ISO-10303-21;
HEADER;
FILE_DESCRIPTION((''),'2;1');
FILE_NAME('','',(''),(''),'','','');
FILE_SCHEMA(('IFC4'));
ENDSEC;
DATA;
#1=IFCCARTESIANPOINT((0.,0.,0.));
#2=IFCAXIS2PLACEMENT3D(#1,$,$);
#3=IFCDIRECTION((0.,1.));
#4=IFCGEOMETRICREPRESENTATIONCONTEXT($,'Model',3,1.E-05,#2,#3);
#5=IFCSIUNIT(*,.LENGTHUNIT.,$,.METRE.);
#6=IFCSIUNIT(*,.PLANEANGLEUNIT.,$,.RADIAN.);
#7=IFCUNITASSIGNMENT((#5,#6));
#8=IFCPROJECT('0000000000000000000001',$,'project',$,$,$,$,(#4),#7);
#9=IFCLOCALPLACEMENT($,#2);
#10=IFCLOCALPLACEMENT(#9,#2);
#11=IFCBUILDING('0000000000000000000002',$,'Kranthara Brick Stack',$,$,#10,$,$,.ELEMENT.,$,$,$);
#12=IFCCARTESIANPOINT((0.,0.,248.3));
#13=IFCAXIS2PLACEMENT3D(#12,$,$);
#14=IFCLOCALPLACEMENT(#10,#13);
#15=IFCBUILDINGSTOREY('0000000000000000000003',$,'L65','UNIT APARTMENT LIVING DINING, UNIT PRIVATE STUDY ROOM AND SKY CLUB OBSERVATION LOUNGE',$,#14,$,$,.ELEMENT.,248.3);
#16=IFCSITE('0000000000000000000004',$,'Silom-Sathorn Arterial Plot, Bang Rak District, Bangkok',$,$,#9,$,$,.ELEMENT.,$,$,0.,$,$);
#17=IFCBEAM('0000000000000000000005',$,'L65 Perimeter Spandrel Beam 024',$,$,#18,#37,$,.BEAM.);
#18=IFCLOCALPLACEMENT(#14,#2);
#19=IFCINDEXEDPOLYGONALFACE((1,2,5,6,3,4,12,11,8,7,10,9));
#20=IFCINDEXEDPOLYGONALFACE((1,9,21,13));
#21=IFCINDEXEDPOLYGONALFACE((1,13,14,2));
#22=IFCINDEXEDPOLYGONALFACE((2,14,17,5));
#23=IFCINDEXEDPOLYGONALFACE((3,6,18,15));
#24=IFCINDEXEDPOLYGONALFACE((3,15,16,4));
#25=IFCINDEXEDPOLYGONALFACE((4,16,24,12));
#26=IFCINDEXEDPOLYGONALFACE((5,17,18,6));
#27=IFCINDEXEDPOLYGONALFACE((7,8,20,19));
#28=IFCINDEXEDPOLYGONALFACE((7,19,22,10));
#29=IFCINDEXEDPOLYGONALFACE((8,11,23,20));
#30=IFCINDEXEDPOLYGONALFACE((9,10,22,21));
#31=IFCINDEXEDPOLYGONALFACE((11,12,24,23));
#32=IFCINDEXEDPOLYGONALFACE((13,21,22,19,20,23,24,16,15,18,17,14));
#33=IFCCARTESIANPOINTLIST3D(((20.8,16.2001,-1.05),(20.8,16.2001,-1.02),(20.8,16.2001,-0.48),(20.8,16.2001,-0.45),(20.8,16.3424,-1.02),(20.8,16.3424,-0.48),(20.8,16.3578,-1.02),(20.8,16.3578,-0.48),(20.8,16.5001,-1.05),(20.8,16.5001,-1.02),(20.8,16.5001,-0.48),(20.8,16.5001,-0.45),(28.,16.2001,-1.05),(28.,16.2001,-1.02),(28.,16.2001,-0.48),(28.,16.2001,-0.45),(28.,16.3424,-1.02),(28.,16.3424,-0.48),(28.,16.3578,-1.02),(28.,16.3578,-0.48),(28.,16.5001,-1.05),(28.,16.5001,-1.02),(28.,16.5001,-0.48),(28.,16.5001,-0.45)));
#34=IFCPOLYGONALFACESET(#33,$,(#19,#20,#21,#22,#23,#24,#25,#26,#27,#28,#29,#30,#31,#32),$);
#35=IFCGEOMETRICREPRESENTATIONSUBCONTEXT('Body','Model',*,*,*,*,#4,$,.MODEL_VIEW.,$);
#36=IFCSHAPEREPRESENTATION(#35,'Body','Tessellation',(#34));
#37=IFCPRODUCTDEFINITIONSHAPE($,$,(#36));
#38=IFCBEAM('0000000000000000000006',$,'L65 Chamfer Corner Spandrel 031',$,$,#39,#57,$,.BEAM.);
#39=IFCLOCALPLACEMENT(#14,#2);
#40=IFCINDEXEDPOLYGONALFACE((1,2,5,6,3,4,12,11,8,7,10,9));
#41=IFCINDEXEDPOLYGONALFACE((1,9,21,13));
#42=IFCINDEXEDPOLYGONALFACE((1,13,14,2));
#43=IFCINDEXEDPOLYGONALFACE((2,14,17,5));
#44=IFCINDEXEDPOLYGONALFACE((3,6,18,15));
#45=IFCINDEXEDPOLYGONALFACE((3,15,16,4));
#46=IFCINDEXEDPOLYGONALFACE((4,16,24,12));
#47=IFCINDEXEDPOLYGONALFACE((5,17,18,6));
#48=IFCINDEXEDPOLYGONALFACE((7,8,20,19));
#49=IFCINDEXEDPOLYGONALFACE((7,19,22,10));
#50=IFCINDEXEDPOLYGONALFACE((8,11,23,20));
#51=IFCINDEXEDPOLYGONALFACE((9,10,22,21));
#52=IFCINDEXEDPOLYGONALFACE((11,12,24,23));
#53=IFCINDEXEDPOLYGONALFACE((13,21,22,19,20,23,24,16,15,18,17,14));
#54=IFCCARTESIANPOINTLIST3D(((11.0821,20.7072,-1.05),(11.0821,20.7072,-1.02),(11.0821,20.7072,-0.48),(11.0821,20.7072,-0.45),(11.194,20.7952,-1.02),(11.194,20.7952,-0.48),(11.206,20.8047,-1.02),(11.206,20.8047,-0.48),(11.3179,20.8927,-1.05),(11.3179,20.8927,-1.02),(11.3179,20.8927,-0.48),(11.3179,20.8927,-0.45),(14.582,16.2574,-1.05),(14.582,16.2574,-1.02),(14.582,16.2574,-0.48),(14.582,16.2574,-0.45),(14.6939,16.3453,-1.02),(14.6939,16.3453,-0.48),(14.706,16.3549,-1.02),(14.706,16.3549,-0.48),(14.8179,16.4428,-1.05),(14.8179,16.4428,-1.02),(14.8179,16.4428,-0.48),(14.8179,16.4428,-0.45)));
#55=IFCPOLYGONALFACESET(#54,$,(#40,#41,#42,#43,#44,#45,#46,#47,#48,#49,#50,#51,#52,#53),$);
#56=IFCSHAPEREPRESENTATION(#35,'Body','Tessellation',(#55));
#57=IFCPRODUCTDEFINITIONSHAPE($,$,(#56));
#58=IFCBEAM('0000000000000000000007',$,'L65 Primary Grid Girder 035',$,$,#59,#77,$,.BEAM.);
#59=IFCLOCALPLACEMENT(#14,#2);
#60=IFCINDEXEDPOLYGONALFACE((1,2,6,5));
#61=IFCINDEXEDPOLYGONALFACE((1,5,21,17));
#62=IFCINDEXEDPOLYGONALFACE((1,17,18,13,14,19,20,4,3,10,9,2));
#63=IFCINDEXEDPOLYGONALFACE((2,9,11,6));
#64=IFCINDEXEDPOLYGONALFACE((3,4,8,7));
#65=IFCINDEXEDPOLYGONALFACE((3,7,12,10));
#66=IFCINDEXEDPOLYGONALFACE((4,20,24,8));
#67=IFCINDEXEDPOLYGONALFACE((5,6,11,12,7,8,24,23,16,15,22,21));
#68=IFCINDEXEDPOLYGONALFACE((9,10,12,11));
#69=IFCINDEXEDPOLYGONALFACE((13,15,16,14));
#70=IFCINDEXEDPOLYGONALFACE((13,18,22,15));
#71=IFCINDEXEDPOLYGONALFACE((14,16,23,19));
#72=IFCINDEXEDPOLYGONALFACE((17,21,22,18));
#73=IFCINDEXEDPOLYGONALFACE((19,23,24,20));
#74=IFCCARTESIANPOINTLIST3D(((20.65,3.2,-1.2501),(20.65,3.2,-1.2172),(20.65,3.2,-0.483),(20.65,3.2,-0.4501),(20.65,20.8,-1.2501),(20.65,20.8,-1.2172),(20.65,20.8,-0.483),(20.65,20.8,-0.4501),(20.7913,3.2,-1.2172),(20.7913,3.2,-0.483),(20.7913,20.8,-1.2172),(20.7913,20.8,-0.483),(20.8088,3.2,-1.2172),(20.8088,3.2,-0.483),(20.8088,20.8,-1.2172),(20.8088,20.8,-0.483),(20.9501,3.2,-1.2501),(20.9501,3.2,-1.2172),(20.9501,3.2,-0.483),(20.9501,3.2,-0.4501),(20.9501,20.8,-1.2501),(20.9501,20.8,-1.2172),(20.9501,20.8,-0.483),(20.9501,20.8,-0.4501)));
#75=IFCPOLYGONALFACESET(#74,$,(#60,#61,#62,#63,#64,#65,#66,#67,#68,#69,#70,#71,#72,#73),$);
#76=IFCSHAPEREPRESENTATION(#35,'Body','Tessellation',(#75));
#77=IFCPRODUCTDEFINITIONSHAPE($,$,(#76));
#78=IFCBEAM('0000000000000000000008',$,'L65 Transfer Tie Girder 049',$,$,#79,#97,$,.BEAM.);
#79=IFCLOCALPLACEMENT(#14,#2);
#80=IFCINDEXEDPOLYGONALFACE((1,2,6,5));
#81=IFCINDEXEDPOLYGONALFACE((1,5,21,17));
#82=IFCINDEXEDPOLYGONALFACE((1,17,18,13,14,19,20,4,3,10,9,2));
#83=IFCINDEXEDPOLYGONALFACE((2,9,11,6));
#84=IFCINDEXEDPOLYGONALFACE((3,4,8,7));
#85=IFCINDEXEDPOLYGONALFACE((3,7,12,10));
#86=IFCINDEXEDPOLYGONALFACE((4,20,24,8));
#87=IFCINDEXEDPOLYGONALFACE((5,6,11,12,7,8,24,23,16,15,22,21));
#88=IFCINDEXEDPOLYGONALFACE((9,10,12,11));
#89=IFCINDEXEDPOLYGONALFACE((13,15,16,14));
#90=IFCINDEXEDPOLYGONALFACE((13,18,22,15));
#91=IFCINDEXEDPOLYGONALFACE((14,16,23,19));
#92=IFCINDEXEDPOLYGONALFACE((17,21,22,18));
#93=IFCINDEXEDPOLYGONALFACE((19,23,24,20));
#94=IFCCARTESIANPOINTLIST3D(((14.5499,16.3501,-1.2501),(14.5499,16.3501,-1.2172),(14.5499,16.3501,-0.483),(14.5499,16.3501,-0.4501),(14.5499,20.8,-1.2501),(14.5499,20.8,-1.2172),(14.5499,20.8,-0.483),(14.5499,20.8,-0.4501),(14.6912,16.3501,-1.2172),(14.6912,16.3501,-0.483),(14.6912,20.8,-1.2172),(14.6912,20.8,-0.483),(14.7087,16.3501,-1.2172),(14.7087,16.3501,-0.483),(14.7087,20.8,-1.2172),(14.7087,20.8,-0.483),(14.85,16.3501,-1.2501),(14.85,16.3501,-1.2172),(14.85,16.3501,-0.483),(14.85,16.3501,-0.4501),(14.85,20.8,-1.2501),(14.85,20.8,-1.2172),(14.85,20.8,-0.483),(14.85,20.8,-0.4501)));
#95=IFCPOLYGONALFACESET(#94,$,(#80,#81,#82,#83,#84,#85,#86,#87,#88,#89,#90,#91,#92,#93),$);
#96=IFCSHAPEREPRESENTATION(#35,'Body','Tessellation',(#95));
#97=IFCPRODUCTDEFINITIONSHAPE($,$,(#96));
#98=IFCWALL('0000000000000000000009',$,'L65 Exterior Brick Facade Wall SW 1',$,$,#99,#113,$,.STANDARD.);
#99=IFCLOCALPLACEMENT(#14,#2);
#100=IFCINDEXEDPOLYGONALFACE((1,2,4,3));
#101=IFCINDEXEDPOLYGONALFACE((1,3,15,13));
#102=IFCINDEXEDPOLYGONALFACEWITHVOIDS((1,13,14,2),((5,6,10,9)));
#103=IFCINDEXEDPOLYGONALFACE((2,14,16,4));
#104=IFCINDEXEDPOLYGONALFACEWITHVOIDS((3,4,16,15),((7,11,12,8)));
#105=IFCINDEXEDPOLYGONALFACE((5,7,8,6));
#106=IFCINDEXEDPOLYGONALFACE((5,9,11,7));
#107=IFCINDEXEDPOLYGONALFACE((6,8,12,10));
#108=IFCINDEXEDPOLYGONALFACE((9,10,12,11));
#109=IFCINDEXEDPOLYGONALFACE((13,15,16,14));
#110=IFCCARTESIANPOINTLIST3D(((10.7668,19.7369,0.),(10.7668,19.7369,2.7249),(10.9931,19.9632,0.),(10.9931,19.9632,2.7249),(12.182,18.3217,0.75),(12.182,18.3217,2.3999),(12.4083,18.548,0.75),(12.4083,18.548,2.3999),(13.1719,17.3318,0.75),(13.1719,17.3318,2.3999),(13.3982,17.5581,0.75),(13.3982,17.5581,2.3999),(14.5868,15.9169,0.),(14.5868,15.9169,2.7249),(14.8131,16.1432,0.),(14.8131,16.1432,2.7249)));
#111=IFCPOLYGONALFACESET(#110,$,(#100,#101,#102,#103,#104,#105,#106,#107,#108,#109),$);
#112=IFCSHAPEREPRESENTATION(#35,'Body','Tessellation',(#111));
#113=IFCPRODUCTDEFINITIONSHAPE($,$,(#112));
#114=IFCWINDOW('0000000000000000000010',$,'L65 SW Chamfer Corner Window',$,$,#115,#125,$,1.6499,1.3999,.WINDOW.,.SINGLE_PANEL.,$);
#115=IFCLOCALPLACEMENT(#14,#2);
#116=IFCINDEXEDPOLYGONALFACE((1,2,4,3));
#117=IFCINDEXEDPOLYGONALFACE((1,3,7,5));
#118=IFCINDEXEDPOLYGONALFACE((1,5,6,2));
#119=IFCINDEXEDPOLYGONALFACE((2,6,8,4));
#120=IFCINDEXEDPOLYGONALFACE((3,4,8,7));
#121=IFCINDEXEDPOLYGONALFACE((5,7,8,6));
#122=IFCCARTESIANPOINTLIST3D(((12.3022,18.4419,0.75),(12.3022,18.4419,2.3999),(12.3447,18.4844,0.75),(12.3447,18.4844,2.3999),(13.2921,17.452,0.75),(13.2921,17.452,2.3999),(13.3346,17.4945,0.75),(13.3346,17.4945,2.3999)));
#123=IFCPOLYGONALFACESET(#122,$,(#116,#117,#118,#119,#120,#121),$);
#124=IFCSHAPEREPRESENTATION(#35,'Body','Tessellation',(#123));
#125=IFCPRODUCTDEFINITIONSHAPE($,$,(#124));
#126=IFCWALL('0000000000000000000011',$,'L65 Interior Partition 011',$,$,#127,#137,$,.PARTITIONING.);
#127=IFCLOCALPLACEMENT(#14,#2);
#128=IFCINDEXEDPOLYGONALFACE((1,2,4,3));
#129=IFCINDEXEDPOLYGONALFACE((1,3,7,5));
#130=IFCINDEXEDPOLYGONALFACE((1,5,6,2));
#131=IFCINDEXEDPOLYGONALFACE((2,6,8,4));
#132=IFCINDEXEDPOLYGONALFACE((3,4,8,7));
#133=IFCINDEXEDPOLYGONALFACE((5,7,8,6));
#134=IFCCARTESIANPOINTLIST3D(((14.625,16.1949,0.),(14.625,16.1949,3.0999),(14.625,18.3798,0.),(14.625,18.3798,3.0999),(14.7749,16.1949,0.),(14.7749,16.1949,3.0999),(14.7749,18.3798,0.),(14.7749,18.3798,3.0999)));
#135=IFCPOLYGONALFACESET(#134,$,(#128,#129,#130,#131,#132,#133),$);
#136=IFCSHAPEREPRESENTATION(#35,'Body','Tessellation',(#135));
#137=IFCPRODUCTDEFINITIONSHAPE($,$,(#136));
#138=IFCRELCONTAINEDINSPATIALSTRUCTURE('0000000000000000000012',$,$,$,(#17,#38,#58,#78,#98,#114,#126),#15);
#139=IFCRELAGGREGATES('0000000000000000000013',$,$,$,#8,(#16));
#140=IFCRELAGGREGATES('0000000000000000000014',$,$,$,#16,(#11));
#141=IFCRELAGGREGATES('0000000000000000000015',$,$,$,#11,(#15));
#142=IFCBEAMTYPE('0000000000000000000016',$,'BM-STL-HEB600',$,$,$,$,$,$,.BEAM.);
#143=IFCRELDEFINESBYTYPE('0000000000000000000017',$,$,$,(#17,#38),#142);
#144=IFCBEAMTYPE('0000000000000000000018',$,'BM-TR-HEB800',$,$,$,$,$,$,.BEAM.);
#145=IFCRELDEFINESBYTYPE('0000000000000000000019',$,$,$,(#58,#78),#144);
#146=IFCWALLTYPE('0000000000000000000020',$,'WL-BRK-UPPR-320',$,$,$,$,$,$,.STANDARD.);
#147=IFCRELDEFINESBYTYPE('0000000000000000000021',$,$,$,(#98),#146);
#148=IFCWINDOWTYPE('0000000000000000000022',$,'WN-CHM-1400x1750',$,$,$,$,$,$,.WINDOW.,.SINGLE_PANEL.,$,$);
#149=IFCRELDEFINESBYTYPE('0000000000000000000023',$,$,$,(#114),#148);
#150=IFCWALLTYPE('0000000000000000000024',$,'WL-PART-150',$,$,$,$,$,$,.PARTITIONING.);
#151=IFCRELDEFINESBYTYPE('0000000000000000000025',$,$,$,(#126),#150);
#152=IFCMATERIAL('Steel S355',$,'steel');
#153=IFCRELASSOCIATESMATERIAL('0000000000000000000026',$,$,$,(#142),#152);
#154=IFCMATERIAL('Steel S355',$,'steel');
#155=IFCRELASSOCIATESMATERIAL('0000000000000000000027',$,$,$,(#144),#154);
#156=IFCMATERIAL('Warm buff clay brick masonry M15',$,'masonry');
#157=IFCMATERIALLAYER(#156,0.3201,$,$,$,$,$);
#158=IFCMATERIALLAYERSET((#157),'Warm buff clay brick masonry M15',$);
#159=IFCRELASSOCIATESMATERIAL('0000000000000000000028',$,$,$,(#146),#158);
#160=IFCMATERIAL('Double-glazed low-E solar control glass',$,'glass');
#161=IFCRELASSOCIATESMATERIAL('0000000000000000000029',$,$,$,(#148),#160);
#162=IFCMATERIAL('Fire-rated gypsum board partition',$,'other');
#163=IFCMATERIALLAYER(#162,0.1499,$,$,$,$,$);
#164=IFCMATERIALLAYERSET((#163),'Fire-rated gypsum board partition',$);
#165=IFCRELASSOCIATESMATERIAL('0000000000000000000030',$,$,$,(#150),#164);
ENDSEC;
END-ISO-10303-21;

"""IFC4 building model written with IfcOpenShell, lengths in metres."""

from ifc_helpers import new_model, si_unit, direction, frame, frame_2d, origin, origin_2d, place, context, subcontext, project, spatial, rectangle, i_section, extrude, material, layer, layer_set, material_profile, profile_set, type_object, element, fill, save


model = new_model("IFC4")

# Units and contexts
model_context = context("Model", 3, precision=1e-05, world=origin(), true_north=direction((0.0, 1.0)))
body_context = subcontext(model_context, "Body", "Model", "MODEL_VIEW")
ifc_project = project(units=[si_unit("LENGTHUNIT", "METRE"), si_unit("PLANEANGLEUNIT", "RADIAN")], contexts=[model_context])

# Site, building, storey
site_placement = place(None, origin())
site = spatial("IfcSite", under=ifc_project, at=site_placement, Name="Silom-Sathorn Arterial Plot, Bang Rak District, Bangkok", CompositionType="ELEMENT", RefElevation=0.0)
building_placement = place(site_placement, origin())
building = spatial("IfcBuilding", under=site, at=building_placement, Name="Kranthara Brick Stack", CompositionType="ELEMENT")
storey_placement = place(building_placement, frame((0.0, 0.0, 248.3)))
storey = spatial("IfcBuildingStorey", under=building, at=storey_placement, Name="L65", Description="UNIT APARTMENT LIVING DINING, UNIT PRIVATE STUDY ROOM AND SKY CLUB OBSERVATION LOUNGE", CompositionType="ELEMENT", Elevation=248.3)

# Beams
ifc_material_1 = material(Name="Steel S355", Category="steel")
ifc_material_profile_1 = material_profile(ifc_material_1, i_section(OverallWidth=0.3, OverallDepth=0.6001, WebThickness=0.0154, FlangeThickness=0.03, at=origin_2d()), Name="HEB 600")
ifc_profile_set_1 = profile_set([ifc_material_profile_1], Name="Steel S355")
beam_type_1 = type_object("IfcBeamType", Name="BM-STL-HEB600", PredefinedType="BEAM", material=ifc_profile_set_1)
beam_1_placement = place(storey_placement, frame((20.8, 16.3501, -0.75), z_axis=(1.0, 0.0, 0.0), x_axis=(0.0, 1.0, 0.0)))
element("IfcBeam", 1, at=beam_1_placement, inside=storey, type_object=beam_type_1, Name="L65 Perimeter Spandrel Beam 024", PredefinedType="BEAM", context=body_context, shape_type="SweptSolid", body=[
    extrude(i_section(OverallWidth=0.3, OverallDepth=0.6001, WebThickness=0.0154, FlangeThickness=0.03, at=origin_2d()), origin(), (0.0, 0.0, 1.0), 7.2),
])
beam_2_placement = place(storey_placement, frame((14.7, 16.3501, -0.75), z_axis=(-0.618216, 0.786008, 0.0), x_axis=(-0.786008, -0.618216, 0.0)))
element("IfcBeam", 2, at=beam_2_placement, inside=storey, type_object=beam_type_1, Name="L65 Chamfer Corner Spandrel 031", PredefinedType="BEAM", context=body_context, shape_type="SweptSolid", body=[
    extrude(i_section(OverallWidth=0.3, OverallDepth=0.6001, WebThickness=0.0154, FlangeThickness=0.03, at=origin_2d()), origin(), (0.0, 0.0, 1.0), 5.6614),
])
ifc_material_2 = material(Name="Steel S355", Category="steel")
ifc_material_profile_2 = material_profile(ifc_material_2, i_section(OverallWidth=0.3, OverallDepth=0.8, WebThickness=0.0176, FlangeThickness=0.033, at=origin_2d()), Name="HEB 800")
ifc_profile_set_2 = profile_set([ifc_material_profile_2], Name="Steel S355")
beam_type_2 = type_object("IfcBeamType", Name="BM-TR-HEB800", PredefinedType="BEAM", material=ifc_profile_set_2)
beam_3_placement = place(storey_placement, frame((20.8, 3.2, -0.8501), z_axis=(0.0, 1.0, 0.0), x_axis=(-1.0, 0.0, 0.0)))
element("IfcBeam", 3, at=beam_3_placement, inside=storey, type_object=beam_type_2, Name="L65 Primary Grid Girder 035", PredefinedType="BEAM", context=body_context, shape_type="SweptSolid", body=[
    extrude(i_section(OverallWidth=0.3, OverallDepth=0.8, WebThickness=0.0176, FlangeThickness=0.033, at=origin_2d()), origin(), (0.0, 0.0, 1.0), 17.6001),
])
beam_4_placement = place(storey_placement, frame((14.7, 16.3501, -0.8501), z_axis=(0.0, 1.0, 0.0), x_axis=(-1.0, 0.0, 0.0)))
element("IfcBeam", 4, at=beam_4_placement, inside=storey, type_object=beam_type_2, Name="L65 Transfer Tie Girder 049", PredefinedType="BEAM", context=body_context, shape_type="SweptSolid", body=[
    extrude(i_section(OverallWidth=0.3, OverallDepth=0.8, WebThickness=0.0176, FlangeThickness=0.033, at=origin_2d()), origin(), (0.0, 0.0, 1.0), 4.45),
])

# Wall, opening, window
ifc_material_3 = material(Name="Warm buff clay brick masonry M15", Category="masonry")
ifc_layer_1 = layer(ifc_material_3, 0.3201)
ifc_layer_set_1 = layer_set([ifc_layer_1], Name="Warm buff clay brick masonry M15")
wall_type_1 = type_object("IfcWallType", Name="WL-BRK-UPPR-320", PredefinedType="STANDARD", material=ifc_layer_set_1)
wall_1_placement = place(storey_placement, frame((14.7, 16.03, 0.0), z_axis=(0.0, 0.0, 1.0), x_axis=(-0.707107, 0.707107, 0.0)))
wall_1 = element("IfcWall", 5, at=wall_1_placement, inside=storey, type_object=wall_type_1, Name="L65 Exterior Brick Facade Wall SW 1", PredefinedType="STANDARD", context=body_context, shape_type="SweptSolid", body=[
    extrude(rectangle(XDim=5.4023, YDim=0.3201, at=frame_2d((2.7012, 0.0))), origin(), (0.0, 0.0, 1.0), 2.7249),
])
opening_placement = place(wall_1_placement, frame((2.001, 0.0, 0.75)))
opening = element("IfcOpeningElement", 6, at=opening_placement, cuts=wall_1, PredefinedType="OPENING", context=body_context, shape_type="SweptSolid", body=[
    extrude(rectangle(XDim=1.3999, YDim=1.6499, at=frame_2d((0.7, 0.825))), frame((0.0, 0.1699, 0.0), z_axis=(0.0, -1.0, 0.0), x_axis=(1.0, 0.0, 0.0)), (0.0, 0.0, 1.0), 0.3401),
])
ifc_material_4 = material(Name="Double-glazed low-E solar control glass", Category="glass")
window_type = type_object("IfcWindowType", Name="WN-CHM-1400x1750", PartitioningType="SINGLE_PANEL", PredefinedType="WINDOW", material=ifc_material_4)
window_placement = place(opening_placement, origin())
window = element("IfcWindow", 7, at=window_placement, inside=storey, type_object=window_type, Name="L65 SW Chamfer Corner Window", OverallHeight=1.6499, OverallWidth=1.3999, PartitioningType="SINGLE_PANEL", PredefinedType="WINDOW", context=body_context, shape_type="SweptSolid", body=[
    extrude(rectangle(XDim=1.3999, YDim=1.6499, at=frame_2d((0.7, 0.825))), frame((0.0, -0.01, 0.0), z_axis=(0.0, -1.0, 0.0), x_axis=(1.0, 0.0, 0.0)), (0.0, 0.0, 1.0), 0.0601),
])
fill(opening, window)

# Wall
ifc_material_5 = material(Name="Fire-rated gypsum board partition", Category="other")
ifc_layer_2 = layer(ifc_material_5, 0.1499)
ifc_layer_set_2 = layer_set([ifc_layer_2], Name="Fire-rated gypsum board partition")
wall_type_2 = type_object("IfcWallType", Name="WL-PART-150", PredefinedType="PARTITIONING", material=ifc_layer_set_2)
wall_2_placement = place(storey_placement, frame((14.7, 16.1951, 0.0), z_axis=(0.0, 0.0, 1.0), x_axis=(0.0, 1.0, 0.0)))
element("IfcWall", 8, at=wall_2_placement, inside=storey, type_object=wall_type_2, Name="L65 Interior Partition 011", PredefinedType="PARTITIONING", context=body_context, shape_type="SweptSolid", body=[
    extrude(rectangle(XDim=2.1848, YDim=0.1499, at=frame_2d((1.0923, 0.0))), origin(), (0.0, 0.0, 1.0), 3.0999),
])

save(model, "model.ifc")
